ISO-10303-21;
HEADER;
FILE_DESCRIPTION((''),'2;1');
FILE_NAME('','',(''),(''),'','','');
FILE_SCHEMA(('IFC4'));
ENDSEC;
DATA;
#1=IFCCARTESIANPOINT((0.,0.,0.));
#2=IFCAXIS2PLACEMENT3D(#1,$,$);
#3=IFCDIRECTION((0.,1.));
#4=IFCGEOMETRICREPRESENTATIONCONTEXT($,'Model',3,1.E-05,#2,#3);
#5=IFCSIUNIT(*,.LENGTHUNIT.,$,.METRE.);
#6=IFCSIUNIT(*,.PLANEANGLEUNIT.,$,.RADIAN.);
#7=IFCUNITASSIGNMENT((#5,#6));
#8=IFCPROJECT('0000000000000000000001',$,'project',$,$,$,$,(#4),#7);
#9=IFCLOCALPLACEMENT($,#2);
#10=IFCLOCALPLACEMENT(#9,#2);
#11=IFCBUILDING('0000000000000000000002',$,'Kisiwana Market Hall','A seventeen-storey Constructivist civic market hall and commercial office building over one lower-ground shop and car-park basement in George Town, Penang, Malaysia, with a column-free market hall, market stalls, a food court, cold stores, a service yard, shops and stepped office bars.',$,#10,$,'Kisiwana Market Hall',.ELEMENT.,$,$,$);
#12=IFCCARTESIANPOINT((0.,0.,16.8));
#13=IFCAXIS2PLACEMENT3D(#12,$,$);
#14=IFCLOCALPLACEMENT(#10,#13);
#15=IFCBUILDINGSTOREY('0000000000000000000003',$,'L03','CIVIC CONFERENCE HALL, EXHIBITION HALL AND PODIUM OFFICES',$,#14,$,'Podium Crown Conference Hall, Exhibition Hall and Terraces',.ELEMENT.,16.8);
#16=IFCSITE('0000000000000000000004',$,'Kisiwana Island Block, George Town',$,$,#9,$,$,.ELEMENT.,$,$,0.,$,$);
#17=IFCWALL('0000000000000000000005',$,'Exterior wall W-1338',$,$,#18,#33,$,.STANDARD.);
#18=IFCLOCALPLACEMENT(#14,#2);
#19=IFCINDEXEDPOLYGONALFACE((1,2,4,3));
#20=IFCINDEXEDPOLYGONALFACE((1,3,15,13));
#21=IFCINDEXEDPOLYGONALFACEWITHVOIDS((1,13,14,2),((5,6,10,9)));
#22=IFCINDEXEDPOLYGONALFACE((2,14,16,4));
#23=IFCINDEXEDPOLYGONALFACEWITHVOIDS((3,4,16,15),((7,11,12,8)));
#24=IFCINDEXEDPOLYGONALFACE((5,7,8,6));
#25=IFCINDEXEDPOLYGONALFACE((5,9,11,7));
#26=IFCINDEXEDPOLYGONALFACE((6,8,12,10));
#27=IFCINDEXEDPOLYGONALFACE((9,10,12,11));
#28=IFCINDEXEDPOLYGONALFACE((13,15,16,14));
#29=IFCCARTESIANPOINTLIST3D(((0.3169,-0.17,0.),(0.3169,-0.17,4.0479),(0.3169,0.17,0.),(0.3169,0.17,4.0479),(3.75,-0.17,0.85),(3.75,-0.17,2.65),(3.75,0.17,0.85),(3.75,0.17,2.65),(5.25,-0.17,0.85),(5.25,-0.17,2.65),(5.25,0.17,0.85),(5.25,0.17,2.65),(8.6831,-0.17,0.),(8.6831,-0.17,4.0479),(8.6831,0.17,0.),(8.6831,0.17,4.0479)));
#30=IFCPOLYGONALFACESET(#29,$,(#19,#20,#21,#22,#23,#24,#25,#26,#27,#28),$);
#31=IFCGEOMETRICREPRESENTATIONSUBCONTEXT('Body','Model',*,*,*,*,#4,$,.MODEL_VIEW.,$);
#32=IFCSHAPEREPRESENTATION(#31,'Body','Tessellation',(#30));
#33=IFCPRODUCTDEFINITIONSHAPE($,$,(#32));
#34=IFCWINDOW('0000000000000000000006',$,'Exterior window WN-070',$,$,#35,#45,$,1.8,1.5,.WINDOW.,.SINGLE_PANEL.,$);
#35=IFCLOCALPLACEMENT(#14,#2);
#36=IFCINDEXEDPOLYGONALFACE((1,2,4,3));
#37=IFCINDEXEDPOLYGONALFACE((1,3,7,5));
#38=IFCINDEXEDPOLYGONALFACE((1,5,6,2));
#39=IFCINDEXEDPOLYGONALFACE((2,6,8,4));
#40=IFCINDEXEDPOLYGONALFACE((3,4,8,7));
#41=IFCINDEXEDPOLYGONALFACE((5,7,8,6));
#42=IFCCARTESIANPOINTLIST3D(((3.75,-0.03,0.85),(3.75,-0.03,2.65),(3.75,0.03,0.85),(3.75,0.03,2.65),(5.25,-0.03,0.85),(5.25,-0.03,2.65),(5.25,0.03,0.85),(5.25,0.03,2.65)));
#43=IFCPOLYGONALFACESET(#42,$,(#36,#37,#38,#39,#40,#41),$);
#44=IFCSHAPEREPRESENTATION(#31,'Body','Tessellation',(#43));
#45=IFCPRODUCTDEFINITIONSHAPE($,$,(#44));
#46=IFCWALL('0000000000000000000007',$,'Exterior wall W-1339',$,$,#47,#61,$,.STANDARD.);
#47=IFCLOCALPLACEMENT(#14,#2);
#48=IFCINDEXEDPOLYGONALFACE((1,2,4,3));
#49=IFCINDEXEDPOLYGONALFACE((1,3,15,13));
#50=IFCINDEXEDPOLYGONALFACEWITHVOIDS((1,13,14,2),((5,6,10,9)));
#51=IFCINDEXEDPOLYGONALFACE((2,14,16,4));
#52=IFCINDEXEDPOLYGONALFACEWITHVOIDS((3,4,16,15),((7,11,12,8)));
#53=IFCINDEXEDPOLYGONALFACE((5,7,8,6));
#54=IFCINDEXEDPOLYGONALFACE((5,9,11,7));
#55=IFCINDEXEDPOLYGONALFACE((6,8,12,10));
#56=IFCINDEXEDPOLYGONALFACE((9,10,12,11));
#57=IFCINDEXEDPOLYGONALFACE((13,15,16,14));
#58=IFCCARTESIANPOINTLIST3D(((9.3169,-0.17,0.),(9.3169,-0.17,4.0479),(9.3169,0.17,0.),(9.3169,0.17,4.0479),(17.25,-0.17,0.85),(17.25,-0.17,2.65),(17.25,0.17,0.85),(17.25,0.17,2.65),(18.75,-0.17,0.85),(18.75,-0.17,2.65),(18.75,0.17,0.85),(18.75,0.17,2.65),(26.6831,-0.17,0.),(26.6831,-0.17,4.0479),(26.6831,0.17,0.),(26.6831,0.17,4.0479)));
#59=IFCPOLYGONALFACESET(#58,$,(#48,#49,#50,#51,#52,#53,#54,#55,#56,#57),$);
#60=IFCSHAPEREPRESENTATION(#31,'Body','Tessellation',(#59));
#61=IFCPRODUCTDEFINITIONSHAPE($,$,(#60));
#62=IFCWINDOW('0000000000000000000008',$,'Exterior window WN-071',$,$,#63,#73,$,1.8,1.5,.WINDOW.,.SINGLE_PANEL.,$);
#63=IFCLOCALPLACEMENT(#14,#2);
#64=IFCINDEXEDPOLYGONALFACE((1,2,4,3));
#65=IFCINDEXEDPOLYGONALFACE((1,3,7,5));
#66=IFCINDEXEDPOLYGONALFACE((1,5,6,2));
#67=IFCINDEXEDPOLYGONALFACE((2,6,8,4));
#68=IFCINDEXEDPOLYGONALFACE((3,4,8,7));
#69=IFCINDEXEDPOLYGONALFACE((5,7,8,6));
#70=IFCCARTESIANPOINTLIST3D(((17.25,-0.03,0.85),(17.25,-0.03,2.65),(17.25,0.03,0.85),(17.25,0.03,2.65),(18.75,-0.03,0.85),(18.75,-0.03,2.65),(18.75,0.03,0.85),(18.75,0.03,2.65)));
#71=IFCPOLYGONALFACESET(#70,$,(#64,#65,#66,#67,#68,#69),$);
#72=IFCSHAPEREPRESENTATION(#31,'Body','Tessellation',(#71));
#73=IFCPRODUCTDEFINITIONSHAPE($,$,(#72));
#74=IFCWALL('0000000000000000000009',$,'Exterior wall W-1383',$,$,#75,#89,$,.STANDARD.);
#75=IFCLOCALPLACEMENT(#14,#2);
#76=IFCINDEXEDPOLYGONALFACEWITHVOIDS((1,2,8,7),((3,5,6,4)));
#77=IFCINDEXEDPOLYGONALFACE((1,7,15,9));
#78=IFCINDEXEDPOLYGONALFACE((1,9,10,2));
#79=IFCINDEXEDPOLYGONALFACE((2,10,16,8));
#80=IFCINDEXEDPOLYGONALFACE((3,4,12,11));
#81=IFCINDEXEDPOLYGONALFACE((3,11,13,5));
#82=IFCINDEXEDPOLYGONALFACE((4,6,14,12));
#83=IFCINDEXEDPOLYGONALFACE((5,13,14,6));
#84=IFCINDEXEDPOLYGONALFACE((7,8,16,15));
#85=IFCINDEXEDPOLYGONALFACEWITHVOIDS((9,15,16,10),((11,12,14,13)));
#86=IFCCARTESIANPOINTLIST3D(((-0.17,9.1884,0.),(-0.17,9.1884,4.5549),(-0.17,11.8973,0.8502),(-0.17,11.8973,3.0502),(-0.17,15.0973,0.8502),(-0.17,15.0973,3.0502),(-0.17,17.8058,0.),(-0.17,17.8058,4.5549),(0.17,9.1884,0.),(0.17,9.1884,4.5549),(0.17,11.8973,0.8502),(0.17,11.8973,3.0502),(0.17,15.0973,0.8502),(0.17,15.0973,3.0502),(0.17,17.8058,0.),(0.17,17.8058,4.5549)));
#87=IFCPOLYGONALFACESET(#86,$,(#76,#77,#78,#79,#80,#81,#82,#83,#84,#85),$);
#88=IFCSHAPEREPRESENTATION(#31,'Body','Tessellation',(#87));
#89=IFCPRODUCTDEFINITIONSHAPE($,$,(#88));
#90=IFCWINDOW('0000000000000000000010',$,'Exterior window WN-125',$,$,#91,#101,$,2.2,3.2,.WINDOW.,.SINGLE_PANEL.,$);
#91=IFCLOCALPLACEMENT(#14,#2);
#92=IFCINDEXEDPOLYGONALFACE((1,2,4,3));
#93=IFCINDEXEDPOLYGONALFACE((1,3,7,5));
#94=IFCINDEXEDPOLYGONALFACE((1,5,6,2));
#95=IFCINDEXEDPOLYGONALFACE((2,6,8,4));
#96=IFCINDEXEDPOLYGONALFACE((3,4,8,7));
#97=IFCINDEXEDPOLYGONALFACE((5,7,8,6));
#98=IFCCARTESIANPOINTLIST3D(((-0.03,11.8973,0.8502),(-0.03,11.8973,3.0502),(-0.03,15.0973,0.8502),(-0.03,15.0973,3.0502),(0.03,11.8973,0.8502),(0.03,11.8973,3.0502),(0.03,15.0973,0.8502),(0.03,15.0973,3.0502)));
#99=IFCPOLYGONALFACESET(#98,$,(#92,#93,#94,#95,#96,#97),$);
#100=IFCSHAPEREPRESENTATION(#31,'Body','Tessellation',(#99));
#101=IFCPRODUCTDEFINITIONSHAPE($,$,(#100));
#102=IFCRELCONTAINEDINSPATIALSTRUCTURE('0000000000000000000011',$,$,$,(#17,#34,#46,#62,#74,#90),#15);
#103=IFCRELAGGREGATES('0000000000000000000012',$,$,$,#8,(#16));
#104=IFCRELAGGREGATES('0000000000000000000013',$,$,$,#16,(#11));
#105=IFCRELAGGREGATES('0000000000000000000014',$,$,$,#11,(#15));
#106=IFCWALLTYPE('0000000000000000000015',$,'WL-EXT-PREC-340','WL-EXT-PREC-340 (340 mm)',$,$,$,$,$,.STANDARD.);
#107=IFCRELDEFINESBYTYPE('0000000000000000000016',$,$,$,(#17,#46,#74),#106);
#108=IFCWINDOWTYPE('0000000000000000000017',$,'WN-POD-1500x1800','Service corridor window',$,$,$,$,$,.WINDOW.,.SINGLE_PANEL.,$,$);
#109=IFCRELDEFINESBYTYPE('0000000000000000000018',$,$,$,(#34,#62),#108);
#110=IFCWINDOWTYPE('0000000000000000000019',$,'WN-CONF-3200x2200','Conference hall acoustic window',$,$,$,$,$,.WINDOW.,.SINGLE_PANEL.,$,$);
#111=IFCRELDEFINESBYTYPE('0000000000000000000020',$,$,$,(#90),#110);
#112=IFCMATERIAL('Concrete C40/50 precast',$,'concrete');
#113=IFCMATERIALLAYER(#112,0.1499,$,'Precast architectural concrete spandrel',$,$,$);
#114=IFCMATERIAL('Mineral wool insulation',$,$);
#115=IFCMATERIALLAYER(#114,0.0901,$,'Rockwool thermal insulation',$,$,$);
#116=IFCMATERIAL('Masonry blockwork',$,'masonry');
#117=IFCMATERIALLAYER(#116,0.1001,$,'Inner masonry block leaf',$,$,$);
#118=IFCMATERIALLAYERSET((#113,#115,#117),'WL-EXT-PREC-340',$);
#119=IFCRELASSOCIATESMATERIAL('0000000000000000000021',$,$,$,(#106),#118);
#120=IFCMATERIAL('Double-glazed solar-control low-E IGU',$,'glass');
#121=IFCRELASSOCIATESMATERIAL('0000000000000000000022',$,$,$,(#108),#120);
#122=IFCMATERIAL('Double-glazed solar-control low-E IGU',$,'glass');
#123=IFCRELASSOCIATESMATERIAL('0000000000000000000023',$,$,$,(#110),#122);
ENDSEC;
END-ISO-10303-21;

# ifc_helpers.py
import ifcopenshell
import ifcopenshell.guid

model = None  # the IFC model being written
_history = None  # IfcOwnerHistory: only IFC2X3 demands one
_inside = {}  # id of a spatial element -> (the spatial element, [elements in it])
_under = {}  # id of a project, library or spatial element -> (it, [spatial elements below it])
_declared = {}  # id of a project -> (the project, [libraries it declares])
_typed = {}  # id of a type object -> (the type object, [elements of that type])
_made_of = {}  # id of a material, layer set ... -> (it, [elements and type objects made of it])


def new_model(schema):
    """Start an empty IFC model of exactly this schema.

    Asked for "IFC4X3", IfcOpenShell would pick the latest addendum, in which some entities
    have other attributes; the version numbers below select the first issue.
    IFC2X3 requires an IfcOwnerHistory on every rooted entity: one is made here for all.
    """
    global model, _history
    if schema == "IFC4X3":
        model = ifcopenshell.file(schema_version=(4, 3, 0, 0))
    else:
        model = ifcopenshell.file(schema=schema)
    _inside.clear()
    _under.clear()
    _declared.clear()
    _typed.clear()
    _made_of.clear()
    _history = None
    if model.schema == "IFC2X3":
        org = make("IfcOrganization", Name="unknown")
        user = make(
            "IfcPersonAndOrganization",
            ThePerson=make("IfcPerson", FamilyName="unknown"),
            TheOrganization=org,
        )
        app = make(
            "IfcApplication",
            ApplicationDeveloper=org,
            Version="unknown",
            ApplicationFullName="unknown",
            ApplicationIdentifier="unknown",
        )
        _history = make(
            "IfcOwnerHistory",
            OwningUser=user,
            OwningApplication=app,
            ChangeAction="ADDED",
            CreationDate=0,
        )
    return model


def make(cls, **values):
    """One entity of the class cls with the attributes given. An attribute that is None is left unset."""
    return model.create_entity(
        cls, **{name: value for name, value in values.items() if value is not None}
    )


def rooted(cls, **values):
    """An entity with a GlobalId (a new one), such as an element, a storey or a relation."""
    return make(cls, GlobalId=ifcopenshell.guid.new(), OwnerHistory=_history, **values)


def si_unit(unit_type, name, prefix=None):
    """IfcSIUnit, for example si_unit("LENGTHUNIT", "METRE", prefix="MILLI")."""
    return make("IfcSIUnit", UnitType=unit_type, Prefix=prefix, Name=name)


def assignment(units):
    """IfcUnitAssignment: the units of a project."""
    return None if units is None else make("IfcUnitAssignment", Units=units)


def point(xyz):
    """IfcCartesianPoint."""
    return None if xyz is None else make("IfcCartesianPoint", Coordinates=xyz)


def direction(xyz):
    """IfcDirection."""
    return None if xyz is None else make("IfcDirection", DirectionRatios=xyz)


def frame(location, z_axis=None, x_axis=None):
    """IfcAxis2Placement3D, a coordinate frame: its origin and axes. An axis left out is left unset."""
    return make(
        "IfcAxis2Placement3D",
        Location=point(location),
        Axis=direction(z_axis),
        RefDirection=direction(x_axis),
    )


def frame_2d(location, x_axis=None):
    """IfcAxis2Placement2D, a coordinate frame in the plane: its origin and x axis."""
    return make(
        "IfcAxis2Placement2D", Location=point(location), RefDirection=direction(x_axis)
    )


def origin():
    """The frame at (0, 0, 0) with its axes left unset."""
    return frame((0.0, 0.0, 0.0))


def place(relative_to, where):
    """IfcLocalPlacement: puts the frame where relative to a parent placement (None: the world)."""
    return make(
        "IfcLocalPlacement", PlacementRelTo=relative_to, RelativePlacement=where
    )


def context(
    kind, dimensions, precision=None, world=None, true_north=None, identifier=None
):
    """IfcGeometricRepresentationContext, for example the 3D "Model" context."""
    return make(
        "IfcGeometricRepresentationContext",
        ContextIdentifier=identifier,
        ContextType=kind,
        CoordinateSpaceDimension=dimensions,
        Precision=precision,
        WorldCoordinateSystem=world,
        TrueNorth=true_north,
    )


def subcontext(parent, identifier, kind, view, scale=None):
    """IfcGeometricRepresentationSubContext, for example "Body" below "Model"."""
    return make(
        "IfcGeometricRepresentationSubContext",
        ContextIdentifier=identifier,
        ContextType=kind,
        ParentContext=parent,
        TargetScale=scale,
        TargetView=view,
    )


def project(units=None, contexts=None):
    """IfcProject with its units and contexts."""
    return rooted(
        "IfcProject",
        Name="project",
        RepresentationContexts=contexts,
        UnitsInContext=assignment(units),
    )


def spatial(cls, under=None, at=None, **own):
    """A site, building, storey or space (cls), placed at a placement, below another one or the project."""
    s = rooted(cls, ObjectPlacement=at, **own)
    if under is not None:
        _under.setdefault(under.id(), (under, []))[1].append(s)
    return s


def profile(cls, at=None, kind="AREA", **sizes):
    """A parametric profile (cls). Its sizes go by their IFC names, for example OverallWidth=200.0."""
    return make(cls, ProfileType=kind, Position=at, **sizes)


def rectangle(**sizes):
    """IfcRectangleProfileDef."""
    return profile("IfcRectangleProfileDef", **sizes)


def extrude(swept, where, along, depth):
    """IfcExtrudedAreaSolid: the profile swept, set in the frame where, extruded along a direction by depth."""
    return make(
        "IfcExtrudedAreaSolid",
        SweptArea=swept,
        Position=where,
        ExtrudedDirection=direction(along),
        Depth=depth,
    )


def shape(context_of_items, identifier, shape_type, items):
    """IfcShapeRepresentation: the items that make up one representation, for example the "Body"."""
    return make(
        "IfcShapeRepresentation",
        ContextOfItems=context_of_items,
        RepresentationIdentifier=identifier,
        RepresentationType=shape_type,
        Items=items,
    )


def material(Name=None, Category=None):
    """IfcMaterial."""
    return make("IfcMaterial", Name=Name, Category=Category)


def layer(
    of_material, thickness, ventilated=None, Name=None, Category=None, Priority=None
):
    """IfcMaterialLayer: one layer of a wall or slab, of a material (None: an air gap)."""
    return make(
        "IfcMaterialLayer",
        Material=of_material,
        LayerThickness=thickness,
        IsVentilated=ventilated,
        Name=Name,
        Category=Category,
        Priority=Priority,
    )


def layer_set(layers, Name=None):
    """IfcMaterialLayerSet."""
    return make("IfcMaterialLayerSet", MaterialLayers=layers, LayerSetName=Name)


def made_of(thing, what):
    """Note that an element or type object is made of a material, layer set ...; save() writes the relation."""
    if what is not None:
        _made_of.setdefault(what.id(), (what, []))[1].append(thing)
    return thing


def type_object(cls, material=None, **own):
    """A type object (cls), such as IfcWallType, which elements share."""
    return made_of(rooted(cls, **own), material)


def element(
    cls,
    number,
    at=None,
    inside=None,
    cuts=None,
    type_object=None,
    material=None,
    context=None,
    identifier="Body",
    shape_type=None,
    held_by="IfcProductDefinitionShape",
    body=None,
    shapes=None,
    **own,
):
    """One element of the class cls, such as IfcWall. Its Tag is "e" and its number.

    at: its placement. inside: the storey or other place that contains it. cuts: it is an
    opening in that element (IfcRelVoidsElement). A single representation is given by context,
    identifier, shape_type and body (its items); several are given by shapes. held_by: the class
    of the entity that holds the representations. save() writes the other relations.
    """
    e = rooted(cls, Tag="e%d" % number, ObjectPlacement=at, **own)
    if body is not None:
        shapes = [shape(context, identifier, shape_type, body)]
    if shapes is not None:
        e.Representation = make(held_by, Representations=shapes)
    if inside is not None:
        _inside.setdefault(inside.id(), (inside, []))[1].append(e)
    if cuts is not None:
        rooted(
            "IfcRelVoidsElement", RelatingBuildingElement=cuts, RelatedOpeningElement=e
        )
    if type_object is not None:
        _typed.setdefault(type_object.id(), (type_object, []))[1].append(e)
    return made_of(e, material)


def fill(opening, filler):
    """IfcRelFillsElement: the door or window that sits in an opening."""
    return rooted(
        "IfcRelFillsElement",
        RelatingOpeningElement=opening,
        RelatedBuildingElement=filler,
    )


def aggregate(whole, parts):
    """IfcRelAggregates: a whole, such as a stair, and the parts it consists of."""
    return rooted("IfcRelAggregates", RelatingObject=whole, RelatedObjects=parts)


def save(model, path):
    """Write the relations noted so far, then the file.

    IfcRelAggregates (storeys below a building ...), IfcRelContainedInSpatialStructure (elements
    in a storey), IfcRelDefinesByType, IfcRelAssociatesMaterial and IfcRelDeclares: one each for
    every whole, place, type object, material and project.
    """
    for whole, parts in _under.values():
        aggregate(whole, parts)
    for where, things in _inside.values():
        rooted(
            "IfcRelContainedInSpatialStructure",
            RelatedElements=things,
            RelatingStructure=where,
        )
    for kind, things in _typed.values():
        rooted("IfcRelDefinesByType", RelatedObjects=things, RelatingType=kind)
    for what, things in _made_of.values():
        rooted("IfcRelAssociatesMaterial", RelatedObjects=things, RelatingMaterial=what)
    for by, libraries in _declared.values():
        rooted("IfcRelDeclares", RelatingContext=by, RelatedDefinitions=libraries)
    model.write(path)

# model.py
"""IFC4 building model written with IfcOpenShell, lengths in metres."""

from ifc_helpers import new_model, si_unit, direction, frame, frame_2d, origin, place, context, subcontext, project, spatial, rectangle, extrude, material, layer, layer_set, type_object, element, fill, save


model = new_model("IFC4")

# Units and contexts
model_context = context("Model", 3, precision=1e-05, world=origin(), true_north=direction((0.0, 1.0)))
body_context = subcontext(model_context, "Body", "Model", "MODEL_VIEW")
ifc_project = project(units=[si_unit("LENGTHUNIT", "METRE"), si_unit("PLANEANGLEUNIT", "RADIAN")], contexts=[model_context])

# Site, building, storey
site_placement = place(None, origin())
site = spatial("IfcSite", under=ifc_project, at=site_placement, Name="Kisiwana Island Block, George Town", CompositionType="ELEMENT", RefElevation=0.0)
building_placement = place(site_placement, origin())
building = spatial("IfcBuilding", under=site, at=building_placement, Name="Kisiwana Market Hall", Description="A seventeen-storey Constructivist civic market hall and commercial office building over one lower-ground shop and car-park basement in George Town, Penang, Malaysia, with a column-free market hall, market stalls, a food court, cold stores, a service yard, shops and stepped office bars.", LongName="Kisiwana Market Hall", CompositionType="ELEMENT")
storey_placement = place(building_placement, frame((0.0, 0.0, 16.8)))
storey = spatial("IfcBuildingStorey", under=building, at=storey_placement, Name="L03", Description="CIVIC CONFERENCE HALL, EXHIBITION HALL AND PODIUM OFFICES", LongName="Podium Crown Conference Hall, Exhibition Hall and Terraces", CompositionType="ELEMENT", Elevation=16.8)

# Walls, openings, windows
ifc_material_1 = material(Name="Concrete C40/50 precast", Category="concrete")
ifc_layer_1 = layer(ifc_material_1, 0.1499, Name="Precast architectural concrete spandrel")
ifc_material_2 = material(Name="Mineral wool insulation")
ifc_layer_2 = layer(ifc_material_2, 0.0901, Name="Rockwool thermal insulation")
ifc_material_3 = material(Name="Masonry blockwork", Category="masonry")
ifc_layer_3 = layer(ifc_material_3, 0.1001, Name="Inner masonry block leaf")
ifc_layer_set_1 = layer_set([ifc_layer_1, ifc_layer_2, ifc_layer_3], Name="WL-EXT-PREC-340")
wall_type_1 = type_object("IfcWallType", Name="WL-EXT-PREC-340", Description="WL-EXT-PREC-340 (340 mm)", PredefinedType="STANDARD", material=ifc_layer_set_1)
wall_1_placement = place(storey_placement, frame((0.3169, 0.0, 0.0), z_axis=(0.0, 0.0, 1.0), x_axis=(1.0, 0.0, 0.0)))
wall_1 = element("IfcWall", 1, at=wall_1_placement, inside=storey, type_object=wall_type_1, Name="Exterior wall W-1338", PredefinedType="STANDARD", context=body_context, shape_type="SweptSolid", body=[
    extrude(rectangle(XDim=8.3662, YDim=0.3401, at=frame_2d((4.1831, 0.0))), origin(), (0.0, 0.0, 1.0), 4.0479),
])
opening_1_placement = place(wall_1_placement, frame((3.4331, 0.0, 0.8501)))
opening_1 = element("IfcOpeningElement", 2, at=opening_1_placement, cuts=wall_1, PredefinedType="OPENING", context=body_context, shape_type="SweptSolid", body=[
    extrude(rectangle(XDim=1.5, YDim=1.8, at=frame_2d((0.75, 0.8999))), frame((0.0, 0.1821, 0.0), z_axis=(0.0, -1.0, 0.0), x_axis=(1.0, 0.0, 0.0)), (0.0, 0.0, 1.0), 0.364),
])
ifc_material_4 = material(Name="Double-glazed solar-control low-E IGU", Category="glass")
window_type_1 = type_object("IfcWindowType", Name="WN-POD-1500x1800", Description="Service corridor window", PartitioningType="SINGLE_PANEL", PredefinedType="WINDOW", material=ifc_material_4)
window_1_placement = place(opening_1_placement, origin())
window_1 = element("IfcWindow", 3, at=window_1_placement, inside=storey, type_object=window_type_1, Name="Exterior window WN-070", OverallHeight=1.8, OverallWidth=1.5, PartitioningType="SINGLE_PANEL", PredefinedType="WINDOW", context=body_context, shape_type="SweptSolid", body=[
    extrude(rectangle(XDim=1.5, YDim=1.8, at=frame_2d((0.75, 0.8999))), frame((0.0, 0.03, 0.0), z_axis=(0.0, -1.0, 0.0), x_axis=(1.0, 0.0, 0.0)), (0.0, 0.0, 1.0), 0.0601),
])
fill(opening_1, window_1)
wall_2_placement = place(storey_placement, frame((9.3169, 0.0, 0.0), z_axis=(0.0, 0.0, 1.0), x_axis=(1.0, 0.0, 0.0)))
wall_2 = element("IfcWall", 4, at=wall_2_placement, inside=storey, type_object=wall_type_1, Name="Exterior wall W-1339", PredefinedType="STANDARD", context=body_context, shape_type="SweptSolid", body=[
    extrude(rectangle(XDim=17.3662, YDim=0.3401, at=frame_2d((8.6831, 0.0))), origin(), (0.0, 0.0, 1.0), 4.0479),
])
opening_2_placement = place(wall_2_placement, frame((7.9331, 0.0, 0.8501)))
opening_2 = element("IfcOpeningElement", 5, at=opening_2_placement, cuts=wall_2, PredefinedType="OPENING", context=body_context, shape_type="SweptSolid", body=[
    extrude(rectangle(XDim=1.5, YDim=1.8, at=frame_2d((0.75, 0.8999))), frame((0.0, 0.1821, 0.0), z_axis=(0.0, -1.0, 0.0), x_axis=(1.0, 0.0, 0.0)), (0.0, 0.0, 1.0), 0.364),
])
window_2_placement = place(opening_2_placement, origin())
window_2 = element("IfcWindow", 6, at=window_2_placement, inside=storey, type_object=window_type_1, Name="Exterior window WN-071", OverallHeight=1.8, OverallWidth=1.5, PartitioningType="SINGLE_PANEL", PredefinedType="WINDOW", context=body_context, shape_type="SweptSolid", body=[
    extrude(rectangle(XDim=1.5, YDim=1.8, at=frame_2d((0.75, 0.8999))), frame((0.0, 0.03, 0.0), z_axis=(0.0, -1.0, 0.0), x_axis=(1.0, 0.0, 0.0)), (0.0, 0.0, 1.0), 0.0601),
])
fill(opening_2, window_2)
wall_3_placement = place(storey_placement, frame((0.0, 9.1885, 0.0), z_axis=(0.0, 0.0, 1.0), x_axis=(0.0, 1.0, 0.0)))
wall_3 = element("IfcWall", 7, at=wall_3_placement, inside=storey, type_object=wall_type_1, Name="Exterior wall W-1383", PredefinedType="STANDARD", context=body_context, shape_type="SweptSolid", body=[
    extrude(rectangle(XDim=8.6174, YDim=0.3401, at=frame_2d((4.3086, 0.0))), origin(), (0.0, 0.0, 1.0), 4.5549),
])
opening_3_placement = place(wall_3_placement, frame((2.7087, 0.0, 0.8501)))
opening_3 = element("IfcOpeningElement", 8, at=opening_3_placement, cuts=wall_3, PredefinedType="OPENING", context=body_context, shape_type="SweptSolid", body=[
    extrude(rectangle(XDim=3.2, YDim=2.2, at=frame_2d((1.6001, 1.1001))), frame((0.0, 0.1821, 0.0), z_axis=(0.0, -1.0, 0.0), x_axis=(1.0, 0.0, 0.0)), (0.0, 0.0, 1.0), 0.364),
])
ifc_material_5 = material(Name="Double-glazed solar-control low-E IGU", Category="glass")
window_type_2 = type_object("IfcWindowType", Name="WN-CONF-3200x2200", Description="Conference hall acoustic window", PartitioningType="SINGLE_PANEL", PredefinedType="WINDOW", material=ifc_material_5)
window_3_placement = place(opening_3_placement, origin())
window_3 = element("IfcWindow", 9, at=window_3_placement, inside=storey, type_object=window_type_2, Name="Exterior window WN-125", OverallHeight=2.2, OverallWidth=3.2, PartitioningType="SINGLE_PANEL", PredefinedType="WINDOW", context=body_context, shape_type="SweptSolid", body=[
    extrude(rectangle(XDim=3.2, YDim=2.2, at=frame_2d((1.6001, 1.1001))), frame((0.0, 0.03, 0.0), z_axis=(0.0, -1.0, 0.0), x_axis=(1.0, 0.0, 0.0)), (0.0, 0.0, 1.0), 0.0601),
])
fill(opening_3, window_3)

save(model, "model.ifc")
